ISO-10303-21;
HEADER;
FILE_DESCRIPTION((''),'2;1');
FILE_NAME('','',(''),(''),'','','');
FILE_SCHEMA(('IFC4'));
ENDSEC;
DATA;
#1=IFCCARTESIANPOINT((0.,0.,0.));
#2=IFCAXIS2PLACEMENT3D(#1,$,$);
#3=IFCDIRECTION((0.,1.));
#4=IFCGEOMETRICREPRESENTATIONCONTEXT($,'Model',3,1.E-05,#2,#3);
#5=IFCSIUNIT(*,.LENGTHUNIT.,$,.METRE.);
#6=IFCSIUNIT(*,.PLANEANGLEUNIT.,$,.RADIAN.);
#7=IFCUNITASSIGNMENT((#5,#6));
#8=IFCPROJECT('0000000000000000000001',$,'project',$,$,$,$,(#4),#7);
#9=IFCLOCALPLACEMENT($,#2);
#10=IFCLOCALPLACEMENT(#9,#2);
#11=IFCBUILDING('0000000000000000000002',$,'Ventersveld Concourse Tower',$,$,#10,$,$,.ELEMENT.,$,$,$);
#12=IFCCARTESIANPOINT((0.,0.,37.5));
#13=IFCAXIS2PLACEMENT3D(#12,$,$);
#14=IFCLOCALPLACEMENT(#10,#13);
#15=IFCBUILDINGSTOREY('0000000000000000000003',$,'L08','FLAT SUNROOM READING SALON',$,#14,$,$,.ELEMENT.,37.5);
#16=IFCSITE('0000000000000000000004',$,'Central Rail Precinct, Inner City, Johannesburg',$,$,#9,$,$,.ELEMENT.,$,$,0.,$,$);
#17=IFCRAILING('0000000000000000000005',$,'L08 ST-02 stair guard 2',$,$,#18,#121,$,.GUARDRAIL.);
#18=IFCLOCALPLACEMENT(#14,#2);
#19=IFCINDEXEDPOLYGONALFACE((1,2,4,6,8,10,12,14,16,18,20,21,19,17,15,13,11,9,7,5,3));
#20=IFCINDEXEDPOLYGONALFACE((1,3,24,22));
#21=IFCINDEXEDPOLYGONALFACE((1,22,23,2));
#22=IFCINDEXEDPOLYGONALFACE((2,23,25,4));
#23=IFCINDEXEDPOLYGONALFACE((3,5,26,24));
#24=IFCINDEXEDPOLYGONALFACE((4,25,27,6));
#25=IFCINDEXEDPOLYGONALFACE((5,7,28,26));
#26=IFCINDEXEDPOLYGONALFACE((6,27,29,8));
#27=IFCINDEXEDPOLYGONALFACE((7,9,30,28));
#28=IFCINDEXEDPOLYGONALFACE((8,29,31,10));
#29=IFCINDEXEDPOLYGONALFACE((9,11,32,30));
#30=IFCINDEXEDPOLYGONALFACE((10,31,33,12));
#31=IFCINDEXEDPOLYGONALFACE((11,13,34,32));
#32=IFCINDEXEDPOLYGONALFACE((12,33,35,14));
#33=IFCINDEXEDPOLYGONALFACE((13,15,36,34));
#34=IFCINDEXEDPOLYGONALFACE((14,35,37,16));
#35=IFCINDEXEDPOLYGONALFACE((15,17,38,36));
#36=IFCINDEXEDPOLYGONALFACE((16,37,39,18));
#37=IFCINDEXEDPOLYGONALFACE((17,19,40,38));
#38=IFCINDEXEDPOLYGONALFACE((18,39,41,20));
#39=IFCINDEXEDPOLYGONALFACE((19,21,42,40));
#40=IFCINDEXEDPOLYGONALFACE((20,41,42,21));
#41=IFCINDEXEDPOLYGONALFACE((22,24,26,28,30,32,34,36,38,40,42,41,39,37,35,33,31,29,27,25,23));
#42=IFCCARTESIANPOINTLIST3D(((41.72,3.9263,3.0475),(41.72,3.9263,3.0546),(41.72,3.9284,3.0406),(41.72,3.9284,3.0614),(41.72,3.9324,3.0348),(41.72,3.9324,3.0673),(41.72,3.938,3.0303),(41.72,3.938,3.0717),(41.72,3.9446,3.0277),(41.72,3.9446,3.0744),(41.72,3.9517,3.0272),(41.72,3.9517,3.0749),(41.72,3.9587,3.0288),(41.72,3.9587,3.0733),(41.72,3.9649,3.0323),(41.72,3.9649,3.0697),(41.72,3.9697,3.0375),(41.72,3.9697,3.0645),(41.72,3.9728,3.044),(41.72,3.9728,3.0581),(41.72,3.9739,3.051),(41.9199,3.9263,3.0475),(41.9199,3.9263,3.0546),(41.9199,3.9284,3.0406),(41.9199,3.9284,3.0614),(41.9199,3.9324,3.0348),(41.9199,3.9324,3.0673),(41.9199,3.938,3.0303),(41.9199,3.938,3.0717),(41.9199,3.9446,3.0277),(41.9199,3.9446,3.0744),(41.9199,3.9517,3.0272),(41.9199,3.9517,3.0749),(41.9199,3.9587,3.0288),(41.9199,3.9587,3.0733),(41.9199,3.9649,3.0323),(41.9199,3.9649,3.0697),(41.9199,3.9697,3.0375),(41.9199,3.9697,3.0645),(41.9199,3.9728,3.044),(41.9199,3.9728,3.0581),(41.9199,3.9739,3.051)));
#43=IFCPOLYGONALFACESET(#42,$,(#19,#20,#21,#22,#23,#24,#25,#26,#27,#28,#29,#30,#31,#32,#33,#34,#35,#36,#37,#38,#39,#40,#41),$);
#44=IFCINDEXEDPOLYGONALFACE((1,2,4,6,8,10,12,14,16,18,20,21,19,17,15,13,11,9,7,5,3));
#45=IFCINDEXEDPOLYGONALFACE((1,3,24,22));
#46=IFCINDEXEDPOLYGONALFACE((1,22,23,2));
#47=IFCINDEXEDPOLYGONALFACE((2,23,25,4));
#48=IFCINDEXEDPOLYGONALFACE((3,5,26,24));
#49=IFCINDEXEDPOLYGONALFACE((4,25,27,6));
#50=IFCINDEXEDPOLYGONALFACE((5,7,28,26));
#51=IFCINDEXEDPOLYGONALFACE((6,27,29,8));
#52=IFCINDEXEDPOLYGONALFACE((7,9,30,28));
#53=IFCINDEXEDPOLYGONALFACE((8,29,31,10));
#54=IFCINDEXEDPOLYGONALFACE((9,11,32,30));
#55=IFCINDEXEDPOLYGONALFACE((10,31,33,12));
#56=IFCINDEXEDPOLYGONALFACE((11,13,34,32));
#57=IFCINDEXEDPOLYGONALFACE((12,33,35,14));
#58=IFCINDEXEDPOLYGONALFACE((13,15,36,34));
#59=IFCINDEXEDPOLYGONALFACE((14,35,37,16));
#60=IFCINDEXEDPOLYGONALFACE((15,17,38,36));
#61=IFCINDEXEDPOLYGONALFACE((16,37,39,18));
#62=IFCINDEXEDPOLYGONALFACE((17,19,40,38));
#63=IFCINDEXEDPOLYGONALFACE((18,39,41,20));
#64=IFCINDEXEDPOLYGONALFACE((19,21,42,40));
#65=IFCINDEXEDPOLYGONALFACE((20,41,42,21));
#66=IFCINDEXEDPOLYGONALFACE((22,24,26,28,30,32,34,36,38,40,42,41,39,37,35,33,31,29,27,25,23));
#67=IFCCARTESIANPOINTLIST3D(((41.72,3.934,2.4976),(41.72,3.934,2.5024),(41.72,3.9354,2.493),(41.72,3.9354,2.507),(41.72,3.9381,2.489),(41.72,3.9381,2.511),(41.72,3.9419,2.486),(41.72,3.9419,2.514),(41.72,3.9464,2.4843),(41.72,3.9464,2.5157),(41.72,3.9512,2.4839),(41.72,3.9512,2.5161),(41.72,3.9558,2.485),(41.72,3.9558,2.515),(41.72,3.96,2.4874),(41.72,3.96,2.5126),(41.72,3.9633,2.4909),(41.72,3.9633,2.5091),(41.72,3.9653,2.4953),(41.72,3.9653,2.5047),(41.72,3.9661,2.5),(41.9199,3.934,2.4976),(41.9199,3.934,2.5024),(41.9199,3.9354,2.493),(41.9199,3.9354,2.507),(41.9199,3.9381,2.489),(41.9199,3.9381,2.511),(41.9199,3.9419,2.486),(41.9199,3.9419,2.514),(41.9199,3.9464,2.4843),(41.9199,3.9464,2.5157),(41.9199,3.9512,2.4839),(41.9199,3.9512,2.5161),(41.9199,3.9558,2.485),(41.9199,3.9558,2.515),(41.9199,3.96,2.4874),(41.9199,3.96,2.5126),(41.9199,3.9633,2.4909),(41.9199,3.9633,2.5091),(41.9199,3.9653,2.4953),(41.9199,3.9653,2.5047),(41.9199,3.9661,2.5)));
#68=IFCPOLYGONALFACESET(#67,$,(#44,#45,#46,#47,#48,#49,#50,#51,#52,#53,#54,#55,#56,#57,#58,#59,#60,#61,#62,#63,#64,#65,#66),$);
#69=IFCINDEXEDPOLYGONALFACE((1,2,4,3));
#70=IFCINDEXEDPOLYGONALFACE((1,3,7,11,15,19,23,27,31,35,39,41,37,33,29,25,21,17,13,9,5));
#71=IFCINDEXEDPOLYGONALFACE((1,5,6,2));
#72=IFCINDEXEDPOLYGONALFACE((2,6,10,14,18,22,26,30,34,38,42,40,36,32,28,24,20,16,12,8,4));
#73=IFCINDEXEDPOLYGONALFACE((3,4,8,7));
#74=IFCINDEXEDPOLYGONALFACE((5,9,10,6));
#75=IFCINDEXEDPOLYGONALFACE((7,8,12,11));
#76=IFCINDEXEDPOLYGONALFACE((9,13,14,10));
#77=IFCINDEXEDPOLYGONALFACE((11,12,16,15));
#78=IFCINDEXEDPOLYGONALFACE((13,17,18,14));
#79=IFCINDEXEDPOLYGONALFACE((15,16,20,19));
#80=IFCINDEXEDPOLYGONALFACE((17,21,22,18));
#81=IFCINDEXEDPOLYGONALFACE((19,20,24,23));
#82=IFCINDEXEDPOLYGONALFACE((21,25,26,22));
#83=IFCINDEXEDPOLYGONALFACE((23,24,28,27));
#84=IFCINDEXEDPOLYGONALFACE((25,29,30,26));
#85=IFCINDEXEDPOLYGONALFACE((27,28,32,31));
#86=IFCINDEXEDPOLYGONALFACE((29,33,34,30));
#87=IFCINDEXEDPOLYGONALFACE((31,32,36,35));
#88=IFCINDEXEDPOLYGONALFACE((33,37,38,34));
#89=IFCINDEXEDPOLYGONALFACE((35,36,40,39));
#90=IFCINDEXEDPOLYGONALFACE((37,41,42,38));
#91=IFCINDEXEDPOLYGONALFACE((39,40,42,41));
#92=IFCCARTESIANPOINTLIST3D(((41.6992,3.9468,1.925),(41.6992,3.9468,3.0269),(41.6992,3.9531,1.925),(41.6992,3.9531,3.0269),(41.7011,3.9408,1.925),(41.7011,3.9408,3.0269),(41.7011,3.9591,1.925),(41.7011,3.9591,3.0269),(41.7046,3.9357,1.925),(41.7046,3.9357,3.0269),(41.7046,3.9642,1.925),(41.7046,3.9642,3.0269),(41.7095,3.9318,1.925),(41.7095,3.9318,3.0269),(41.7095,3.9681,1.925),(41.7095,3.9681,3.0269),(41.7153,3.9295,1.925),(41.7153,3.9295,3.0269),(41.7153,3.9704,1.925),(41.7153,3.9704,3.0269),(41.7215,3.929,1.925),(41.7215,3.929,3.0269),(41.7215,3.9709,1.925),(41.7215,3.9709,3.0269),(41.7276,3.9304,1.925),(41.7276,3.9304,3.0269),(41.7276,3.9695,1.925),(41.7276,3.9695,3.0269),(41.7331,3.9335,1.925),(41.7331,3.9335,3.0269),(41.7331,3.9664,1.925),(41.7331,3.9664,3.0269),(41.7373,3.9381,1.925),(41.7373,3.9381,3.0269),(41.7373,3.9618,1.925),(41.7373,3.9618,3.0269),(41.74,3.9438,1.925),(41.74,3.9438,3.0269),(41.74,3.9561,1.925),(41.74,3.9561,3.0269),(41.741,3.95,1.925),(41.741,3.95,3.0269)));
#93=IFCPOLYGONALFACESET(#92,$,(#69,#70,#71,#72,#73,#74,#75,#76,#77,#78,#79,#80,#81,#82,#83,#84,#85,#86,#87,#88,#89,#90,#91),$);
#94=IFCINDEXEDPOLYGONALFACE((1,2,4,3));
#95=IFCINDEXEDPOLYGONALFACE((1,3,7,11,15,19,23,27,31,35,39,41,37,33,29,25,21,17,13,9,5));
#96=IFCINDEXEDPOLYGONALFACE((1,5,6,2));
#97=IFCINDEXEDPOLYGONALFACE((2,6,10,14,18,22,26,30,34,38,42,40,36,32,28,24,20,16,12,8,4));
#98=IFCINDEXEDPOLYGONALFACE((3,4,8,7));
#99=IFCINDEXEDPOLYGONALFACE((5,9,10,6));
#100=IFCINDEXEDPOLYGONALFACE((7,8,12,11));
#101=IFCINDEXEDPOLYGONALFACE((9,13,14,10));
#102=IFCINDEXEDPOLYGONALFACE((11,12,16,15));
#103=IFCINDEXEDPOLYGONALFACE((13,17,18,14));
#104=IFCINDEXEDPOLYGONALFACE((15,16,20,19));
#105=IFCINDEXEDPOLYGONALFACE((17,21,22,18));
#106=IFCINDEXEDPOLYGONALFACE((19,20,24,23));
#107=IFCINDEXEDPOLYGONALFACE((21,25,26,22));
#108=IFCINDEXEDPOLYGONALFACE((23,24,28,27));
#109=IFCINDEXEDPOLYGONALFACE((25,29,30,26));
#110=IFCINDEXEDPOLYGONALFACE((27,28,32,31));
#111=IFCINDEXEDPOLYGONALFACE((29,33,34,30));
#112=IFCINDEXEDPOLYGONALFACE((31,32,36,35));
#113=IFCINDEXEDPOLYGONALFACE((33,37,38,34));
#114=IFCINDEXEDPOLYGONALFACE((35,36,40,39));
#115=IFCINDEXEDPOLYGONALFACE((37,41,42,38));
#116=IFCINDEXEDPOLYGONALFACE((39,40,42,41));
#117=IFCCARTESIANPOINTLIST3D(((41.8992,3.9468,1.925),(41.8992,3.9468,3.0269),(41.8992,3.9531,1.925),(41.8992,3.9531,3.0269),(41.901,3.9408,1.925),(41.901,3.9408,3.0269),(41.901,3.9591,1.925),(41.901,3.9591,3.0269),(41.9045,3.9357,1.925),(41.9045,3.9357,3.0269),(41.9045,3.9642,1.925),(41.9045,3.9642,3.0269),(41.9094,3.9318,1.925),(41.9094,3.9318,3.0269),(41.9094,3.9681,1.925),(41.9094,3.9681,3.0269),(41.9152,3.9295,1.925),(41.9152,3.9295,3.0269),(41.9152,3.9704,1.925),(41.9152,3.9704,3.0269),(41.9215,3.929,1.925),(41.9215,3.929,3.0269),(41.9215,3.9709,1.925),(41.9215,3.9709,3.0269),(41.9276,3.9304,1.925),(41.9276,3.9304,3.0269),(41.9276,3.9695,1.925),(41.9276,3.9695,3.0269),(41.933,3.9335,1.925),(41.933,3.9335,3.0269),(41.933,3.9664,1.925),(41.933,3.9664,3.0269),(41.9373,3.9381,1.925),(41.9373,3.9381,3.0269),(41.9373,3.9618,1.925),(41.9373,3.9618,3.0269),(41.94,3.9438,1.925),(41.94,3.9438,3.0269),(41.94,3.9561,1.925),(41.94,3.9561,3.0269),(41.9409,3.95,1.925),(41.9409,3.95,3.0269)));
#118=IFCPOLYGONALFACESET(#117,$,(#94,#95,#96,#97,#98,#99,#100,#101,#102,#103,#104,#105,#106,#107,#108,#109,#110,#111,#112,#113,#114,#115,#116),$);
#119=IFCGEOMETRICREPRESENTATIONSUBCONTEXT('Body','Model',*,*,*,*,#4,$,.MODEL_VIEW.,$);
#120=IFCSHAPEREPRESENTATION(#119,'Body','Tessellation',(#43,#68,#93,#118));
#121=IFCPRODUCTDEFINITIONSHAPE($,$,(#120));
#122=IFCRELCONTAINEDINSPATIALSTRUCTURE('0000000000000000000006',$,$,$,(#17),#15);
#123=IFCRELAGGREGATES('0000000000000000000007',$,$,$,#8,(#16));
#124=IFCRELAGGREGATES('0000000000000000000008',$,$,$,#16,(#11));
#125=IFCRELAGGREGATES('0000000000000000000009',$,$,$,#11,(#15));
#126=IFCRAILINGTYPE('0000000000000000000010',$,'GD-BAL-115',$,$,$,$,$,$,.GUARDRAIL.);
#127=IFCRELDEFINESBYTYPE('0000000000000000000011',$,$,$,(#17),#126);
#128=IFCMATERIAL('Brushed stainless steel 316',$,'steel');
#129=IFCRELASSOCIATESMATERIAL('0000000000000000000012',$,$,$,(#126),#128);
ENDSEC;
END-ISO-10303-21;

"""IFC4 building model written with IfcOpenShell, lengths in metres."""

from ifc_helpers import new_model, si_unit, direction, frame, origin, origin_2d, place, context, subcontext, project, spatial, circle, extrude, material, type_object, element, save


model = new_model("IFC4")

# Units and contexts
model_context = context("Model", 3, precision=1e-05, world=origin(), true_north=direction((0.0, 1.0)))
body_context = subcontext(model_context, "Body", "Model", "MODEL_VIEW")
ifc_project = project(units=[si_unit("LENGTHUNIT", "METRE"), si_unit("PLANEANGLEUNIT", "RADIAN")], contexts=[model_context])

# Site, building, storey
site_placement = place(None, origin())
site = spatial("IfcSite", under=ifc_project, at=site_placement, Name="Central Rail Precinct, Inner City, Johannesburg", CompositionType="ELEMENT", RefElevation=0.0)
building_placement = place(site_placement, origin())
building = spatial("IfcBuilding", under=site, at=building_placement, Name="Ventersveld Concourse Tower", CompositionType="ELEMENT")
storey_placement = place(building_placement, frame((0.0, 0.0, 37.5)))
storey = spatial("IfcBuildingStorey", under=building, at=storey_placement, Name="L08", Description="FLAT SUNROOM READING SALON", CompositionType="ELEMENT", Elevation=37.5)

# Railing
ifc_material_1 = material(Name="Brushed stainless steel 316", Category="steel")
railing_type_1 = type_object("IfcRailingType", Name="GD-BAL-115", PredefinedType="GUARDRAIL", material=ifc_material_1)
railing_1_placement = place(storey_placement, frame((41.72, 3.95, 1.925)))
element("IfcRailing", 1, at=railing_1_placement, inside=storey, type_object=railing_type_1, Name="L08 ST-02 stair guard 2", PredefinedType="GUARDRAIL", context=body_context, shape_type="SweptSolid", body=[
    extrude(circle(Radius=0.0239, at=origin_2d()), frame((0.0, 0.0, 1.126), z_axis=(1.0, 0.0, 0.0), x_axis=(0.0, 1.0, 0.0)), (0.0, 0.0, 1.0), 0.2),
    extrude(circle(Radius=0.0161, at=origin_2d()), frame((0.0, 0.0, 0.575), z_axis=(1.0, 0.0, 0.0), x_axis=(0.0, 1.0, 0.0)), (0.0, 0.0, 1.0), 0.2),
    extrude(circle(Radius=0.021, at=origin_2d()), origin(), (0.0, 0.0, 1.0), 1.1018),
    extrude(circle(Radius=0.021, at=origin_2d()), frame((0.2, 0.0, 0.0)), (0.0, 0.0, 1.0), 1.1018),
])

save(model, "model.ifc")
